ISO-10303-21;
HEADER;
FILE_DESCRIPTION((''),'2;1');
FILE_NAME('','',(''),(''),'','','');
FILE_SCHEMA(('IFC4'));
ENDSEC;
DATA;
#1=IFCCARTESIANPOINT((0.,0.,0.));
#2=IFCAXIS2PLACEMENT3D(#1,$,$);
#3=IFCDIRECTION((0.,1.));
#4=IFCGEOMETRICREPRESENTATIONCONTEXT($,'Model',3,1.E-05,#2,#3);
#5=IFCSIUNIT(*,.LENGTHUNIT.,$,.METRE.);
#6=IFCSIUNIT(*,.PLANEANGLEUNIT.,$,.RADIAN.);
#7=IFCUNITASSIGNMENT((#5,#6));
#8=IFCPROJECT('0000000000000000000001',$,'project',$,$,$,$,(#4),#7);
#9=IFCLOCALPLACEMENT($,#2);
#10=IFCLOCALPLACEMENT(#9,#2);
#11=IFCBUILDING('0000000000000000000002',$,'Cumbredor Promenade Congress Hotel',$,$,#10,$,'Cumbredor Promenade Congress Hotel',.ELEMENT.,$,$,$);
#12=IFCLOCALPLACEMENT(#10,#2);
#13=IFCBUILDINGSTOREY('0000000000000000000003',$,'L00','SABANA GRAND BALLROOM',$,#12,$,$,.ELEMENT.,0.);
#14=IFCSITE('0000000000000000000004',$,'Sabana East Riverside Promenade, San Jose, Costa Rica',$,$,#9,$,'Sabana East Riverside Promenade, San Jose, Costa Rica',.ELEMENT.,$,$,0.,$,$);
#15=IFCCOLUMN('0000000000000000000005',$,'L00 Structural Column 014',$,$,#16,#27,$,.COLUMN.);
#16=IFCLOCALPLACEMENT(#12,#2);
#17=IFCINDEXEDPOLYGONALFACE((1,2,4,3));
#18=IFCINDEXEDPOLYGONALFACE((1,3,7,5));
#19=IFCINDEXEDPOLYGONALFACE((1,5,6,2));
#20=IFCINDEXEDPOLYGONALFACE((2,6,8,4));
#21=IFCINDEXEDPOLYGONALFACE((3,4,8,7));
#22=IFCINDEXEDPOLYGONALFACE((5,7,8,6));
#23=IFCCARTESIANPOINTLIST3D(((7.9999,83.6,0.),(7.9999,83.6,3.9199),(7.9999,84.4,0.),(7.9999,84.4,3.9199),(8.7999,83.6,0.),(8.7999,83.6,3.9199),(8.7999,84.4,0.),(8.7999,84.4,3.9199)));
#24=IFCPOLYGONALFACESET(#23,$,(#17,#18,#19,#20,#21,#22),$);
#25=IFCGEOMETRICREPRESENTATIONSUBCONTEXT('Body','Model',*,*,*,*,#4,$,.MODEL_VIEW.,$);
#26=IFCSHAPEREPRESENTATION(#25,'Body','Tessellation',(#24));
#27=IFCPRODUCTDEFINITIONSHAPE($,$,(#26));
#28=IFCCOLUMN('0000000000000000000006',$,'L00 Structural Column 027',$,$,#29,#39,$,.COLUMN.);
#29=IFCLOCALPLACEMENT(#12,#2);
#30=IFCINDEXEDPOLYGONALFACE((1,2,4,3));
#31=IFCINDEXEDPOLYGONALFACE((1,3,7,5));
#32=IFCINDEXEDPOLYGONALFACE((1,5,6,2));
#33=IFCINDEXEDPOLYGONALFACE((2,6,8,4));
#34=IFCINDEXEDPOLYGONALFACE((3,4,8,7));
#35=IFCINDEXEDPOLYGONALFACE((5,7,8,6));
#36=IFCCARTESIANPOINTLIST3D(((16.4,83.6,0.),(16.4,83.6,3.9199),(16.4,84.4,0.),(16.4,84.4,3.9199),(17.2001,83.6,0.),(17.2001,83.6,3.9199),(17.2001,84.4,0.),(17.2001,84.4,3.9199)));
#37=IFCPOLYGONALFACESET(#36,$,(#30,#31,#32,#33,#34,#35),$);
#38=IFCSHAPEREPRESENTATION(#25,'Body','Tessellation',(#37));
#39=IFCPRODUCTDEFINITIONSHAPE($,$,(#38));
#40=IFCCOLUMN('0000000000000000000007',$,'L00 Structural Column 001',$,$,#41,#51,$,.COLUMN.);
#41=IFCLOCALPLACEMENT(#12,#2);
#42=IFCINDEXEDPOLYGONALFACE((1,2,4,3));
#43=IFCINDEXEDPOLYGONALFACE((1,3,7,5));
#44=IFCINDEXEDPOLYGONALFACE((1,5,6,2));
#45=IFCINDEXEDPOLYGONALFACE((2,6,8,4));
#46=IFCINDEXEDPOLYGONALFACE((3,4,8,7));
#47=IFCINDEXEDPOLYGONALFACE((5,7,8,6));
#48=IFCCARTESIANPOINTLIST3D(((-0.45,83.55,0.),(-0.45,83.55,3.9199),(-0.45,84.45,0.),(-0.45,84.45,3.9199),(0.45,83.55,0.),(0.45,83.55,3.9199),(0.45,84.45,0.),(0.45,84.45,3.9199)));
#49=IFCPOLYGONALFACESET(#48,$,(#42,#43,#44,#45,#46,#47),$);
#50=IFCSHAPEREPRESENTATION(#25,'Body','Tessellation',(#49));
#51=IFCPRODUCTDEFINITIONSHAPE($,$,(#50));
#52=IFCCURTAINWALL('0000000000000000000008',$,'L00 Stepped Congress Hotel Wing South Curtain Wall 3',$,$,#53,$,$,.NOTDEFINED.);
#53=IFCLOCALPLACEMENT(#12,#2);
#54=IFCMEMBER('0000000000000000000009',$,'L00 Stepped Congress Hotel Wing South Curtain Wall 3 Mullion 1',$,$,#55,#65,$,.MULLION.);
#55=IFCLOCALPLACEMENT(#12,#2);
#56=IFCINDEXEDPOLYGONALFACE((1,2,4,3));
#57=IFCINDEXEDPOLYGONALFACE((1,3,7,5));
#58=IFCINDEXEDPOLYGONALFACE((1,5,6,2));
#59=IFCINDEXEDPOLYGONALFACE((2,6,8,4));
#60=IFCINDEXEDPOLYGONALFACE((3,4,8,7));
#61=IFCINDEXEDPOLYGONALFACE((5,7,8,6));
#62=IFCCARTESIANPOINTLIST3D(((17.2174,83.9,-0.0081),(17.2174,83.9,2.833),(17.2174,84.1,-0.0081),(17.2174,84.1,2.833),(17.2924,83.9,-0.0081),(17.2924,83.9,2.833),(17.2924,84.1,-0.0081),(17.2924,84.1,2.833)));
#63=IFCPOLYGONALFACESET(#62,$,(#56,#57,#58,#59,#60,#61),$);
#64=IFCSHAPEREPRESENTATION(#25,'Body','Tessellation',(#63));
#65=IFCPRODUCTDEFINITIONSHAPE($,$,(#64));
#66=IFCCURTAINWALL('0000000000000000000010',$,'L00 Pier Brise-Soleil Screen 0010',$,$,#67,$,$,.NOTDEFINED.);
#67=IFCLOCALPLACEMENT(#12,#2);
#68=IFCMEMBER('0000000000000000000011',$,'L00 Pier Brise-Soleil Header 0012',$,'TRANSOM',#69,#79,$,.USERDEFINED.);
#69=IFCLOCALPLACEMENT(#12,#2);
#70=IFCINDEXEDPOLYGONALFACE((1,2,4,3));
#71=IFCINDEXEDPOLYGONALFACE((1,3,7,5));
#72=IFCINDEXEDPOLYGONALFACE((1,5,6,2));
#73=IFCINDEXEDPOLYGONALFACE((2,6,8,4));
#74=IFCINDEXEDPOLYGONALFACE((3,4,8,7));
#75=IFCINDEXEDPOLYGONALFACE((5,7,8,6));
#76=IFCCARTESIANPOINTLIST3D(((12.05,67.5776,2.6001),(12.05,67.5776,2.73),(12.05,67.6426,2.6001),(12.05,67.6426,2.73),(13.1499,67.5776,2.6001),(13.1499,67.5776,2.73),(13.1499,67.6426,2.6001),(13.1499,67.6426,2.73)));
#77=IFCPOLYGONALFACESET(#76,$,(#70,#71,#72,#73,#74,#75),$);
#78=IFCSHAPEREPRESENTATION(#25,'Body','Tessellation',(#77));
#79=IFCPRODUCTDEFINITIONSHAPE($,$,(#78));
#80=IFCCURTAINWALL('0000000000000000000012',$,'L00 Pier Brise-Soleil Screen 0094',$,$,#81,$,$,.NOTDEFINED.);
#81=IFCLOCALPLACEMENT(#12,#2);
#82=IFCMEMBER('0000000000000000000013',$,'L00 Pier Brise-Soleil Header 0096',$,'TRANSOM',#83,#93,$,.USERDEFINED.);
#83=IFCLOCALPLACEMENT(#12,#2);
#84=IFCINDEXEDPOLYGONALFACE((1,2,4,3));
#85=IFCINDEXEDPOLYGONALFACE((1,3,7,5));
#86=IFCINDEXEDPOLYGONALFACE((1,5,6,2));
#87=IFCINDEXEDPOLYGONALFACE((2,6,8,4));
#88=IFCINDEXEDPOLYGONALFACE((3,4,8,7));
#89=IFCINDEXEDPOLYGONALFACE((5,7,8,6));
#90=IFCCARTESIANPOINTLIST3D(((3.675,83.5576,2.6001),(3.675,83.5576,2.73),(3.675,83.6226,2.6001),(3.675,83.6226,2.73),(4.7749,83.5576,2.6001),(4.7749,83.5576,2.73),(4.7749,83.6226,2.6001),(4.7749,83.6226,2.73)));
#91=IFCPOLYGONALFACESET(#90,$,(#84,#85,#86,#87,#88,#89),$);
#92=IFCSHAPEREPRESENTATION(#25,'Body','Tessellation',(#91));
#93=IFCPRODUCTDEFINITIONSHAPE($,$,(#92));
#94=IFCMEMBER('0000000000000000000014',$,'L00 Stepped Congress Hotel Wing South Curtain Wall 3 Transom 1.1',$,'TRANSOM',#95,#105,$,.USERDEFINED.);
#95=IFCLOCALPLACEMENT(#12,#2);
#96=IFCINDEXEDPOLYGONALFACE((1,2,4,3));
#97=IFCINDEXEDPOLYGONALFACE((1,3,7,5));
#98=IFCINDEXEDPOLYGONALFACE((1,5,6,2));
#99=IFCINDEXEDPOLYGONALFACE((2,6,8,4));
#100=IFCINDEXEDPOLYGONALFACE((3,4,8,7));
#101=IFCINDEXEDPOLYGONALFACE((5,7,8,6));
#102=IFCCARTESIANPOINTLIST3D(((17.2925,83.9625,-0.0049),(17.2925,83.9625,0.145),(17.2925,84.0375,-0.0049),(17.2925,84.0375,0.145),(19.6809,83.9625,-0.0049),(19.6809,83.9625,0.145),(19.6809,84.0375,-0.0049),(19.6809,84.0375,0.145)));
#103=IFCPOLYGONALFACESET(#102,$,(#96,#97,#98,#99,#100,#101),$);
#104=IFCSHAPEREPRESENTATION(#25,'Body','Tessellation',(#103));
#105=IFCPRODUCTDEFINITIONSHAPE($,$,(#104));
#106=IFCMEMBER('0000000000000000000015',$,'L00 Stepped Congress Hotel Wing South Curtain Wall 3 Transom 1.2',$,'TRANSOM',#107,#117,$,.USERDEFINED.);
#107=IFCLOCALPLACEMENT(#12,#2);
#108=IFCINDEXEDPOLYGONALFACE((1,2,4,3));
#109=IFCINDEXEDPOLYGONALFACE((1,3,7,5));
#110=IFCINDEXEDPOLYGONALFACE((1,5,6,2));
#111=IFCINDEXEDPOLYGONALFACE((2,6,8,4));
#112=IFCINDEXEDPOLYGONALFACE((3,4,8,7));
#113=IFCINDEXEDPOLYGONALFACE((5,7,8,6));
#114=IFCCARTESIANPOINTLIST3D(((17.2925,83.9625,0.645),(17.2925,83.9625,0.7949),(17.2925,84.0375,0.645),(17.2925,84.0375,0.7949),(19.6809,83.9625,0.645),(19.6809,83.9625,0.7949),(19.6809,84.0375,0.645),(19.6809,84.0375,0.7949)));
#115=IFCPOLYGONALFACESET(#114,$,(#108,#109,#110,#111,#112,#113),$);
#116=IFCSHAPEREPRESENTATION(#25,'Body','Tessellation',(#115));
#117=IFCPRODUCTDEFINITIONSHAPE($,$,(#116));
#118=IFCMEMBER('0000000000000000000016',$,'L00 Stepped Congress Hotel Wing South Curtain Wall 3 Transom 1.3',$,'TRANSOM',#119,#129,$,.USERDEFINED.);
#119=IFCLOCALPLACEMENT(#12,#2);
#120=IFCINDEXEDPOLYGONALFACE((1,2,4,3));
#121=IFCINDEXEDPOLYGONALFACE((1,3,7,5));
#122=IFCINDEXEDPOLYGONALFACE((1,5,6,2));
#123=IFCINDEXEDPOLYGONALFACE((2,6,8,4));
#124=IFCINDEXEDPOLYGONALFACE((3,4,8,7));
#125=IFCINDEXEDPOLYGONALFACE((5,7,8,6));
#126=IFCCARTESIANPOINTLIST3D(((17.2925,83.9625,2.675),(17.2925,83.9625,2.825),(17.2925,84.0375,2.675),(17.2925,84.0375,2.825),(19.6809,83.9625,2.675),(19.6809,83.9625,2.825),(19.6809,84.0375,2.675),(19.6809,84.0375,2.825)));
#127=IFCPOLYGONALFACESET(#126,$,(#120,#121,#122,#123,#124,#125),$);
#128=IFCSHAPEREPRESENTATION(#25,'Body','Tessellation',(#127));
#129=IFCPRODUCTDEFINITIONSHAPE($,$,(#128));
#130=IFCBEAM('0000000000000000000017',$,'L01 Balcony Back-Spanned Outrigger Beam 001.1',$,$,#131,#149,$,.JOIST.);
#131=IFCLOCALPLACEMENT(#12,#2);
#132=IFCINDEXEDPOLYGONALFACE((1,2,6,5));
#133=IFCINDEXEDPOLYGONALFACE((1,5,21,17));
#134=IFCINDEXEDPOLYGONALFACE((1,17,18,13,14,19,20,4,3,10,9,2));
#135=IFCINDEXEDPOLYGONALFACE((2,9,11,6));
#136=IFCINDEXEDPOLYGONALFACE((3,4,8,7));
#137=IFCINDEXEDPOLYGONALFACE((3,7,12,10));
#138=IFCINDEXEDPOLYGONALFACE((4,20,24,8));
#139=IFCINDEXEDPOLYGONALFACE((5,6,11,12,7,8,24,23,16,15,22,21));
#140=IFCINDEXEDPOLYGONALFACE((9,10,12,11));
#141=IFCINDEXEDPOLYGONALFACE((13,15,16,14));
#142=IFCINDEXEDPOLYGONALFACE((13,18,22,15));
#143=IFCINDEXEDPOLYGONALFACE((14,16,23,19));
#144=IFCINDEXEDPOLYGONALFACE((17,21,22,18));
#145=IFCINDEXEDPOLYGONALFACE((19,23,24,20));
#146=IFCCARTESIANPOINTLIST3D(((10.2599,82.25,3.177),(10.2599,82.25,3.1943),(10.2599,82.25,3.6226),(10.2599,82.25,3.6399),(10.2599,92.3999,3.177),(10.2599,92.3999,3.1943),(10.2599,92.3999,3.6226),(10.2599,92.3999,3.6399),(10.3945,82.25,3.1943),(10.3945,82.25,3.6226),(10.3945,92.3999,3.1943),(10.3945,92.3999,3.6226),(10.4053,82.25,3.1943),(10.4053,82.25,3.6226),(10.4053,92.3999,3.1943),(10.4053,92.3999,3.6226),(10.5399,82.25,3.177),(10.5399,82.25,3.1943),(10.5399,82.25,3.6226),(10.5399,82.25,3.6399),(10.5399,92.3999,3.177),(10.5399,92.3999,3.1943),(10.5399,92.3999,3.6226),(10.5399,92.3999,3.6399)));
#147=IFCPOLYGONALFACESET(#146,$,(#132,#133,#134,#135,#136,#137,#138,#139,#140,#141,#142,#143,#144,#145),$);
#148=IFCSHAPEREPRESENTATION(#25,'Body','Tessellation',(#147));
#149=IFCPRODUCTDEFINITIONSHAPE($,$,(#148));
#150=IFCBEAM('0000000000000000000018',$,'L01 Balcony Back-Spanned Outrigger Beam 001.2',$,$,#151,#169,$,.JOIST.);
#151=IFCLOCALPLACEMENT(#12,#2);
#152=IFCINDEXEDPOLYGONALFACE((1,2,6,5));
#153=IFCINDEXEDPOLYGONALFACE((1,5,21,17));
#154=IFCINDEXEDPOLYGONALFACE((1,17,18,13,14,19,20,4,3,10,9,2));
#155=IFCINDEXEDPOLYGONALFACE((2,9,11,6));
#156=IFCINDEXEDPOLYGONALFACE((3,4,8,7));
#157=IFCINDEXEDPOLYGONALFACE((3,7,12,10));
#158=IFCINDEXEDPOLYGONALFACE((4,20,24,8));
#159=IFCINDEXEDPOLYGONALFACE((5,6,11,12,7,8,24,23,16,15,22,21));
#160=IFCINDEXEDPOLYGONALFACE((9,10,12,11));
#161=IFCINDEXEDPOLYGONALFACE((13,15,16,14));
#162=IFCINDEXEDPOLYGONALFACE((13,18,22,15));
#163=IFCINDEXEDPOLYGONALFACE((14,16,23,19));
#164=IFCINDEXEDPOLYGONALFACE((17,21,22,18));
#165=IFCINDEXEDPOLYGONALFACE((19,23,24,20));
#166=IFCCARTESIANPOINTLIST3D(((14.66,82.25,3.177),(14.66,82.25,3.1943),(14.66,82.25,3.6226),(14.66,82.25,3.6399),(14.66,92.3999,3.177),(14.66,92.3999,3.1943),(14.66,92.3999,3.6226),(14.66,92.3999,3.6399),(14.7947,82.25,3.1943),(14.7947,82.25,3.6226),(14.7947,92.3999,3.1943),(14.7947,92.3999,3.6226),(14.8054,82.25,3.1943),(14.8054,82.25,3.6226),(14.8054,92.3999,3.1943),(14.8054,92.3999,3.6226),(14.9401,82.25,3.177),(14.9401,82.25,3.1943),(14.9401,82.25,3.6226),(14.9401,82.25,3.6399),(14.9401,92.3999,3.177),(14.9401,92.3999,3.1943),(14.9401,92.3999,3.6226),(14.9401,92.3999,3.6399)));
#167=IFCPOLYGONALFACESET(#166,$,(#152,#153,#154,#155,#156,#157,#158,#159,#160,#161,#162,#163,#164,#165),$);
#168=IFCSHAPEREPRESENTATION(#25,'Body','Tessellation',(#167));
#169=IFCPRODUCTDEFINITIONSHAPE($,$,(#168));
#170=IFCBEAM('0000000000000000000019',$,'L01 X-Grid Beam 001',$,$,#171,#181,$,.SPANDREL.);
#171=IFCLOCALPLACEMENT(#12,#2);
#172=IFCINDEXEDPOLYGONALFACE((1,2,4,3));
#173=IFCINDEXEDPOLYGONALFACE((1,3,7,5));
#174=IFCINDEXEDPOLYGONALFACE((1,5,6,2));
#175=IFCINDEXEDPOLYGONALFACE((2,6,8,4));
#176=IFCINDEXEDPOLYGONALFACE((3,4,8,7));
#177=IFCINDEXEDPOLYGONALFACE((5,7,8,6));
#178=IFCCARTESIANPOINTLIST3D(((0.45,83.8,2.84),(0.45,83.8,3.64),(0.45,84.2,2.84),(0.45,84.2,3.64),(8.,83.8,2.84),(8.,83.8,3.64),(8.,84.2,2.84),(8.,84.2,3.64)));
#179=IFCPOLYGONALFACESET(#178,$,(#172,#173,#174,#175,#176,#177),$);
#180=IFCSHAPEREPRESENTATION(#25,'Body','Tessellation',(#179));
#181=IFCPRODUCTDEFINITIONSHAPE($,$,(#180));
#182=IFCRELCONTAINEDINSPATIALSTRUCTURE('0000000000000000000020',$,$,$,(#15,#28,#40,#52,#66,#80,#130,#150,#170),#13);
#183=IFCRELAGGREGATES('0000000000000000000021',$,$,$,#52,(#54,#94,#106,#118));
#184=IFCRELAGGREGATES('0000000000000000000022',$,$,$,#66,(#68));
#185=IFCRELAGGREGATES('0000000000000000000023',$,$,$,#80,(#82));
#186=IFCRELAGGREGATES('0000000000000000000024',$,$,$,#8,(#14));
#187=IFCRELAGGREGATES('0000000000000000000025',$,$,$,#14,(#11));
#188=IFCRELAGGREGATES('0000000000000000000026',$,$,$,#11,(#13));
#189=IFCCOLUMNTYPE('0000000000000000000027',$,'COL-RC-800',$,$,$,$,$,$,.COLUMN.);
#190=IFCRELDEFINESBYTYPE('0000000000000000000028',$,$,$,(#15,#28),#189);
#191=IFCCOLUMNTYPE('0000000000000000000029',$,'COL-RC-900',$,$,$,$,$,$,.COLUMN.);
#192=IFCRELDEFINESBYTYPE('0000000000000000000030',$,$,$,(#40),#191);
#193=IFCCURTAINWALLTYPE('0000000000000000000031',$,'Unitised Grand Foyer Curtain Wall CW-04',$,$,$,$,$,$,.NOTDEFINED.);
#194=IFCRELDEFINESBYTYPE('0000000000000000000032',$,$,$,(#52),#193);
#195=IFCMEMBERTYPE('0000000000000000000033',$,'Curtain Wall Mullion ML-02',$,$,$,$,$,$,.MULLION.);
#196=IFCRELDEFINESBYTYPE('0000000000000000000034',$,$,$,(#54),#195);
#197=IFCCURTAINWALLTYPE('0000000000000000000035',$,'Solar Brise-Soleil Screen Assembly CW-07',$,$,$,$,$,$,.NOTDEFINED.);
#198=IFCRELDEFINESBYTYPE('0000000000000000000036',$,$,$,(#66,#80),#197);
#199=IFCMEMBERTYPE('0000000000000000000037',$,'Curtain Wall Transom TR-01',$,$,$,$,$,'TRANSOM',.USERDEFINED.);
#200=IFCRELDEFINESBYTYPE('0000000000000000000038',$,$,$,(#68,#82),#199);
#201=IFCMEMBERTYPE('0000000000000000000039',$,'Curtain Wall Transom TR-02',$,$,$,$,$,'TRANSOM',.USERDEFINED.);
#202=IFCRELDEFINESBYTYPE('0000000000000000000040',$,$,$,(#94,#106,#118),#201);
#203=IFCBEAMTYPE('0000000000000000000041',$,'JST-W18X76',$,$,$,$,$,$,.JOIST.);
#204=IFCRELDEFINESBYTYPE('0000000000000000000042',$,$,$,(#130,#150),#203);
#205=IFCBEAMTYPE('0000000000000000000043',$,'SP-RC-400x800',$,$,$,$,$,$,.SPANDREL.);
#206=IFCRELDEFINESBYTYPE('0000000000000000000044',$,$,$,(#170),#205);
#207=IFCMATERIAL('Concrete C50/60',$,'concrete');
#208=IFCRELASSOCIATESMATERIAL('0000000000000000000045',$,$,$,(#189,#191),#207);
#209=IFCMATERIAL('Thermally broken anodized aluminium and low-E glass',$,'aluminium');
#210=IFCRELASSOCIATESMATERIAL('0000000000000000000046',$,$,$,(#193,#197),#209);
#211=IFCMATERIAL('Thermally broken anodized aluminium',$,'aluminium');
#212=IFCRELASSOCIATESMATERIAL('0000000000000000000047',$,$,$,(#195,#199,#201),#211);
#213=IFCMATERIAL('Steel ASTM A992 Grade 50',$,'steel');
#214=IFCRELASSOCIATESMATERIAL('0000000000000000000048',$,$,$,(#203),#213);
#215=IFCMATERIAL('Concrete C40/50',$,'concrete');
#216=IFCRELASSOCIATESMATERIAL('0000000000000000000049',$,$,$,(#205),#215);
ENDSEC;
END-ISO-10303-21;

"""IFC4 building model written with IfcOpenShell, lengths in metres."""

from ifc_helpers import new_model, si_unit, direction, frame, origin, origin_2d, place, context, subcontext, project, spatial, rectangle, i_section, extrude, material, material_profile, profile_set, type_object, element, aggregate, save


model = new_model("IFC4")

# Units and contexts
model_context = context("Model", 3, precision=1e-05, world=origin(), true_north=direction((0.0, 1.0)))
body_context = subcontext(model_context, "Body", "Model", "MODEL_VIEW")
ifc_project = project(units=[si_unit("LENGTHUNIT", "METRE"), si_unit("PLANEANGLEUNIT", "RADIAN")], contexts=[model_context])

# Site, building, storey
site_placement = place(None, origin())
site = spatial("IfcSite", under=ifc_project, at=site_placement, Name="Sabana East Riverside Promenade, San Jose, Costa Rica", LongName="Sabana East Riverside Promenade, San Jose, Costa Rica", CompositionType="ELEMENT", RefElevation=0.0)
building_placement = place(site_placement, origin())
building = spatial("IfcBuilding", under=site, at=building_placement, Name="Cumbredor Promenade Congress Hotel", LongName="Cumbredor Promenade Congress Hotel", CompositionType="ELEMENT")
storey_placement = place(building_placement, origin())
storey = spatial("IfcBuildingStorey", under=building, at=storey_placement, Name="L00", Description="SABANA GRAND BALLROOM", CompositionType="ELEMENT", Elevation=0.0)

# Columns
ifc_material_1 = material(Name="Concrete C50/60", Category="concrete")
ifc_material_profile_1 = material_profile(ifc_material_1, rectangle(XDim=0.8, YDim=0.8, at=origin_2d()), Name="RC 800x800")
ifc_profile_set_1 = profile_set([ifc_material_profile_1], Name="Concrete C50/60")
column_type_1 = type_object("IfcColumnType", Name="COL-RC-800", PredefinedType="COLUMN", material=ifc_profile_set_1)
for number, where, z_axis, x_axis, name in (
    (1, (8.3999, 84.0, 0.0), (0.0, 0.0, 1.0), (1.0, 0.0, 0.0), "L00 Structural Column 014"),
    (2, (16.8, 84.0, 0.0), (0.0, 0.0, 1.0), (1.0, 0.0, 0.0), "L00 Structural Column 027"),
):
    element("IfcColumn", number, at=place(storey_placement, frame(where, z_axis=z_axis, x_axis=x_axis)), inside=storey, type_object=column_type_1, Name=name, PredefinedType="COLUMN", context=body_context, shape_type="SweptSolid", body=[
        extrude(rectangle(XDim=0.8, YDim=0.8, at=origin_2d()), origin(), (0.0, 0.0, 1.0), 3.9199),
    ])
ifc_material_profile_2 = material_profile(ifc_material_1, rectangle(XDim=0.8999, YDim=0.8999, at=origin_2d()), Name="RC 900x900")
ifc_profile_set_2 = profile_set([ifc_material_profile_2], Name="Concrete C50/60")
column_type_2 = type_object("IfcColumnType", Name="COL-RC-900", PredefinedType="COLUMN", material=ifc_profile_set_2)
column_placement = place(storey_placement, frame((0.0, 84.0, 0.0), z_axis=(0.0, 0.0, 1.0), x_axis=(1.0, 0.0, 0.0)))
element("IfcColumn", 3, at=column_placement, inside=storey, type_object=column_type_2, Name="L00 Structural Column 001", PredefinedType="COLUMN", context=body_context, shape_type="SweptSolid", body=[
    extrude(rectangle(XDim=0.8999, YDim=0.8999, at=origin_2d()), origin(), (0.0, 0.0, 1.0), 3.9199),
])

# Curtain walls, members
ifc_material_2 = material(Name="Thermally broken anodized aluminium and low-E glass", Category="aluminium")
curtain_wall_type_1 = type_object("IfcCurtainWallType", Name="Unitised Grand Foyer Curtain Wall CW-04", PredefinedType="NOTDEFINED", material=ifc_material_2)
curtain_wall_1_placement = place(storey_placement, origin())
curtain_wall_1 = element("IfcCurtainWall", 4, at=curtain_wall_1_placement, inside=storey, type_object=curtain_wall_type_1, Name="L00 Stepped Congress Hotel Wing South Curtain Wall 3", PredefinedType="NOTDEFINED")
ifc_material_3 = material(Name="Thermally broken anodized aluminium", Category="aluminium")
ifc_material_profile_3 = material_profile(ifc_material_3, rectangle(XDim=0.075, YDim=0.2, at=origin_2d()), Name="ALU MULLION 75x200")
ifc_profile_set_3 = profile_set([ifc_material_profile_3], Name="Thermally broken anodized aluminium")
member_type_1 = type_object("IfcMemberType", Name="Curtain Wall Mullion ML-02", PredefinedType="MULLION", material=ifc_profile_set_3)
member_1_placement = place(storey_placement, frame((17.2549, 84.0, -0.0081), z_axis=(0.0, 0.0, 1.0), x_axis=(1.0, 0.0, 0.0)))
member_1 = element("IfcMember", 5, at=member_1_placement, type_object=member_type_1, Name="L00 Stepped Congress Hotel Wing South Curtain Wall 3 Mullion 1", PredefinedType="MULLION", context=body_context, shape_type="SweptSolid", body=[
    extrude(rectangle(XDim=0.075, YDim=0.2, at=origin_2d()), origin(), (0.0, 0.0, 1.0), 2.8411),
])
curtain_wall_type_2 = type_object("IfcCurtainWallType", Name="Solar Brise-Soleil Screen Assembly CW-07", PredefinedType="NOTDEFINED", material=ifc_material_2)
curtain_wall_2_placement = place(storey_placement, origin())
curtain_wall_2 = element("IfcCurtainWall", 6, at=curtain_wall_2_placement, inside=storey, type_object=curtain_wall_type_2, Name="L00 Pier Brise-Soleil Screen 0010", PredefinedType="NOTDEFINED")
ifc_material_profile_4 = material_profile(ifc_material_3, rectangle(XDim=0.0649, YDim=0.1299, at=origin_2d()), Name="ALU TRANSOM 65x130")
ifc_profile_set_4 = profile_set([ifc_material_profile_4], Name="Thermally broken anodized aluminium")
member_type_2 = type_object("IfcMemberType", Name="Curtain Wall Transom TR-01", ElementType="TRANSOM", PredefinedType="USERDEFINED", material=ifc_profile_set_4)
member_2_placement = place(storey_placement, frame((12.05, 67.6101, 2.665), z_axis=(1.0, 0.0, 0.0), x_axis=(0.0, 1.0, 0.0)))
member_2 = element("IfcMember", 7, at=member_2_placement, type_object=member_type_2, Name="L00 Pier Brise-Soleil Header 0012", ObjectType="TRANSOM", PredefinedType="USERDEFINED", context=body_context, shape_type="SweptSolid", body=[
    extrude(rectangle(XDim=0.0649, YDim=0.1299, at=origin_2d()), origin(), (0.0, 0.0, 1.0), 1.0999),
])
curtain_wall_3_placement = place(storey_placement, origin())
curtain_wall_3 = element("IfcCurtainWall", 8, at=curtain_wall_3_placement, inside=storey, type_object=curtain_wall_type_2, Name="L00 Pier Brise-Soleil Screen 0094", PredefinedType="NOTDEFINED")
member_3_placement = place(storey_placement, frame((3.675, 83.5901, 2.665), z_axis=(1.0, 0.0, 0.0), x_axis=(0.0, 1.0, 0.0)))
member_3 = element("IfcMember", 9, at=member_3_placement, type_object=member_type_2, Name="L00 Pier Brise-Soleil Header 0096", ObjectType="TRANSOM", PredefinedType="USERDEFINED", context=body_context, shape_type="SweptSolid", body=[
    extrude(rectangle(XDim=0.0649, YDim=0.1299, at=origin_2d()), origin(), (0.0, 0.0, 1.0), 1.0999),
])

# Members
ifc_material_profile_5 = material_profile(ifc_material_3, rectangle(XDim=0.075, YDim=0.1499, at=origin_2d()), Name="ALU TRANSOM 75x150")
ifc_profile_set_5 = profile_set([ifc_material_profile_5], Name="Thermally broken anodized aluminium")
member_type_3 = type_object("IfcMemberType", Name="Curtain Wall Transom TR-02", ElementType="TRANSOM", PredefinedType="USERDEFINED", material=ifc_profile_set_5)
member_4_placement = place(storey_placement, frame((17.2925, 84.0, 0.0701), z_axis=(1.0, 0.0, 0.0), x_axis=(0.0, 1.0, 0.0)))
member_4 = element("IfcMember", 10, at=member_4_placement, type_object=member_type_3, Name="L00 Stepped Congress Hotel Wing South Curtain Wall 3 Transom 1.1", ObjectType="TRANSOM", PredefinedType="USERDEFINED", context=body_context, shape_type="SweptSolid", body=[
    extrude(rectangle(XDim=0.075, YDim=0.1499, at=origin_2d()), origin(), (0.0, 0.0, 1.0), 2.3884),
])
member_5_placement = place(storey_placement, frame((17.2925, 84.0, 0.72), z_axis=(1.0, 0.0, 0.0), x_axis=(0.0, 1.0, 0.0)))
member_5 = element("IfcMember", 11, at=member_5_placement, type_object=member_type_3, Name="L00 Stepped Congress Hotel Wing South Curtain Wall 3 Transom 1.2", ObjectType="TRANSOM", PredefinedType="USERDEFINED", context=body_context, shape_type="SweptSolid", body=[
    extrude(rectangle(XDim=0.075, YDim=0.1499, at=origin_2d()), origin(), (0.0, 0.0, 1.0), 2.3884),
])
member_6_placement = place(storey_placement, frame((17.2925, 84.0, 2.75), z_axis=(1.0, 0.0, 0.0), x_axis=(0.0, 1.0, 0.0)))
member_6 = element("IfcMember", 12, at=member_6_placement, type_object=member_type_3, Name="L00 Stepped Congress Hotel Wing South Curtain Wall 3 Transom 1.3", ObjectType="TRANSOM", PredefinedType="USERDEFINED", context=body_context, shape_type="SweptSolid", body=[
    extrude(rectangle(XDim=0.075, YDim=0.1499, at=origin_2d()), origin(), (0.0, 0.0, 1.0), 2.3884),
])
aggregate(curtain_wall_1, [member_1, member_4, member_5, member_6])

# Beams
ifc_material_4 = material(Name="Steel ASTM A992 Grade 50", Category="steel")
ifc_material_profile_6 = material_profile(ifc_material_4, i_section(OverallWidth=0.28, OverallDepth=0.4629, WebThickness=0.0107, FlangeThickness=0.0173, at=origin_2d()), Name="W18X76")
ifc_profile_set_6 = profile_set([ifc_material_profile_6], Name="Steel ASTM A992 Grade 50")
beam_type_1 = type_object("IfcBeamType", Name="JST-W18X76", PredefinedType="JOIST", material=ifc_profile_set_6)
for number, where, z_axis, x_axis, name in (
    (13, (10.3999, 82.25, 3.4084), (0.0, 1.0, 0.0), (-1.0, 0.0, 0.0), "L01 Balcony Back-Spanned Outrigger Beam 001.1"),
    (14, (14.8, 82.25, 3.4084), (0.0, 1.0, 0.0), (-1.0, 0.0, 0.0), "L01 Balcony Back-Spanned Outrigger Beam 001.2"),
):
    element("IfcBeam", number, at=place(storey_placement, frame(where, z_axis=z_axis, x_axis=x_axis)), inside=storey, type_object=beam_type_1, Name=name, PredefinedType="JOIST", context=body_context, shape_type="SweptSolid", body=[
        extrude(i_section(OverallWidth=0.28, OverallDepth=0.4629, WebThickness=0.0107, FlangeThickness=0.0173, at=origin_2d()), origin(), (0.0, 0.0, 1.0), 10.1499),
    ])
ifc_material_5 = material(Name="Concrete C40/50", Category="concrete")
ifc_material_profile_7 = material_profile(ifc_material_5, rectangle(XDim=0.3999, YDim=0.8, at=origin_2d()), Name="RC SPANDREL 400x800")
ifc_profile_set_7 = profile_set([ifc_material_profile_7], Name="Concrete C40/50")
beam_type_2 = type_object("IfcBeamType", Name="SP-RC-400x800", PredefinedType="SPANDREL", material=ifc_profile_set_7)
beam_1_placement = place(storey_placement, frame((0.45, 84.0, 3.24), z_axis=(1.0, 0.0, 0.0), x_axis=(0.0, 1.0, 0.0)))
element("IfcBeam", 15, at=beam_1_placement, inside=storey, type_object=beam_type_2, Name="L01 X-Grid Beam 001", PredefinedType="SPANDREL", context=body_context, shape_type="SweptSolid", body=[
    extrude(rectangle(XDim=0.3999, YDim=0.8, at=origin_2d()), origin(), (0.0, 0.0, 1.0), 7.55),
])

aggregate(curtain_wall_2, [member_2])
aggregate(curtain_wall_3, [member_3])

save(model, "model.ifc")
